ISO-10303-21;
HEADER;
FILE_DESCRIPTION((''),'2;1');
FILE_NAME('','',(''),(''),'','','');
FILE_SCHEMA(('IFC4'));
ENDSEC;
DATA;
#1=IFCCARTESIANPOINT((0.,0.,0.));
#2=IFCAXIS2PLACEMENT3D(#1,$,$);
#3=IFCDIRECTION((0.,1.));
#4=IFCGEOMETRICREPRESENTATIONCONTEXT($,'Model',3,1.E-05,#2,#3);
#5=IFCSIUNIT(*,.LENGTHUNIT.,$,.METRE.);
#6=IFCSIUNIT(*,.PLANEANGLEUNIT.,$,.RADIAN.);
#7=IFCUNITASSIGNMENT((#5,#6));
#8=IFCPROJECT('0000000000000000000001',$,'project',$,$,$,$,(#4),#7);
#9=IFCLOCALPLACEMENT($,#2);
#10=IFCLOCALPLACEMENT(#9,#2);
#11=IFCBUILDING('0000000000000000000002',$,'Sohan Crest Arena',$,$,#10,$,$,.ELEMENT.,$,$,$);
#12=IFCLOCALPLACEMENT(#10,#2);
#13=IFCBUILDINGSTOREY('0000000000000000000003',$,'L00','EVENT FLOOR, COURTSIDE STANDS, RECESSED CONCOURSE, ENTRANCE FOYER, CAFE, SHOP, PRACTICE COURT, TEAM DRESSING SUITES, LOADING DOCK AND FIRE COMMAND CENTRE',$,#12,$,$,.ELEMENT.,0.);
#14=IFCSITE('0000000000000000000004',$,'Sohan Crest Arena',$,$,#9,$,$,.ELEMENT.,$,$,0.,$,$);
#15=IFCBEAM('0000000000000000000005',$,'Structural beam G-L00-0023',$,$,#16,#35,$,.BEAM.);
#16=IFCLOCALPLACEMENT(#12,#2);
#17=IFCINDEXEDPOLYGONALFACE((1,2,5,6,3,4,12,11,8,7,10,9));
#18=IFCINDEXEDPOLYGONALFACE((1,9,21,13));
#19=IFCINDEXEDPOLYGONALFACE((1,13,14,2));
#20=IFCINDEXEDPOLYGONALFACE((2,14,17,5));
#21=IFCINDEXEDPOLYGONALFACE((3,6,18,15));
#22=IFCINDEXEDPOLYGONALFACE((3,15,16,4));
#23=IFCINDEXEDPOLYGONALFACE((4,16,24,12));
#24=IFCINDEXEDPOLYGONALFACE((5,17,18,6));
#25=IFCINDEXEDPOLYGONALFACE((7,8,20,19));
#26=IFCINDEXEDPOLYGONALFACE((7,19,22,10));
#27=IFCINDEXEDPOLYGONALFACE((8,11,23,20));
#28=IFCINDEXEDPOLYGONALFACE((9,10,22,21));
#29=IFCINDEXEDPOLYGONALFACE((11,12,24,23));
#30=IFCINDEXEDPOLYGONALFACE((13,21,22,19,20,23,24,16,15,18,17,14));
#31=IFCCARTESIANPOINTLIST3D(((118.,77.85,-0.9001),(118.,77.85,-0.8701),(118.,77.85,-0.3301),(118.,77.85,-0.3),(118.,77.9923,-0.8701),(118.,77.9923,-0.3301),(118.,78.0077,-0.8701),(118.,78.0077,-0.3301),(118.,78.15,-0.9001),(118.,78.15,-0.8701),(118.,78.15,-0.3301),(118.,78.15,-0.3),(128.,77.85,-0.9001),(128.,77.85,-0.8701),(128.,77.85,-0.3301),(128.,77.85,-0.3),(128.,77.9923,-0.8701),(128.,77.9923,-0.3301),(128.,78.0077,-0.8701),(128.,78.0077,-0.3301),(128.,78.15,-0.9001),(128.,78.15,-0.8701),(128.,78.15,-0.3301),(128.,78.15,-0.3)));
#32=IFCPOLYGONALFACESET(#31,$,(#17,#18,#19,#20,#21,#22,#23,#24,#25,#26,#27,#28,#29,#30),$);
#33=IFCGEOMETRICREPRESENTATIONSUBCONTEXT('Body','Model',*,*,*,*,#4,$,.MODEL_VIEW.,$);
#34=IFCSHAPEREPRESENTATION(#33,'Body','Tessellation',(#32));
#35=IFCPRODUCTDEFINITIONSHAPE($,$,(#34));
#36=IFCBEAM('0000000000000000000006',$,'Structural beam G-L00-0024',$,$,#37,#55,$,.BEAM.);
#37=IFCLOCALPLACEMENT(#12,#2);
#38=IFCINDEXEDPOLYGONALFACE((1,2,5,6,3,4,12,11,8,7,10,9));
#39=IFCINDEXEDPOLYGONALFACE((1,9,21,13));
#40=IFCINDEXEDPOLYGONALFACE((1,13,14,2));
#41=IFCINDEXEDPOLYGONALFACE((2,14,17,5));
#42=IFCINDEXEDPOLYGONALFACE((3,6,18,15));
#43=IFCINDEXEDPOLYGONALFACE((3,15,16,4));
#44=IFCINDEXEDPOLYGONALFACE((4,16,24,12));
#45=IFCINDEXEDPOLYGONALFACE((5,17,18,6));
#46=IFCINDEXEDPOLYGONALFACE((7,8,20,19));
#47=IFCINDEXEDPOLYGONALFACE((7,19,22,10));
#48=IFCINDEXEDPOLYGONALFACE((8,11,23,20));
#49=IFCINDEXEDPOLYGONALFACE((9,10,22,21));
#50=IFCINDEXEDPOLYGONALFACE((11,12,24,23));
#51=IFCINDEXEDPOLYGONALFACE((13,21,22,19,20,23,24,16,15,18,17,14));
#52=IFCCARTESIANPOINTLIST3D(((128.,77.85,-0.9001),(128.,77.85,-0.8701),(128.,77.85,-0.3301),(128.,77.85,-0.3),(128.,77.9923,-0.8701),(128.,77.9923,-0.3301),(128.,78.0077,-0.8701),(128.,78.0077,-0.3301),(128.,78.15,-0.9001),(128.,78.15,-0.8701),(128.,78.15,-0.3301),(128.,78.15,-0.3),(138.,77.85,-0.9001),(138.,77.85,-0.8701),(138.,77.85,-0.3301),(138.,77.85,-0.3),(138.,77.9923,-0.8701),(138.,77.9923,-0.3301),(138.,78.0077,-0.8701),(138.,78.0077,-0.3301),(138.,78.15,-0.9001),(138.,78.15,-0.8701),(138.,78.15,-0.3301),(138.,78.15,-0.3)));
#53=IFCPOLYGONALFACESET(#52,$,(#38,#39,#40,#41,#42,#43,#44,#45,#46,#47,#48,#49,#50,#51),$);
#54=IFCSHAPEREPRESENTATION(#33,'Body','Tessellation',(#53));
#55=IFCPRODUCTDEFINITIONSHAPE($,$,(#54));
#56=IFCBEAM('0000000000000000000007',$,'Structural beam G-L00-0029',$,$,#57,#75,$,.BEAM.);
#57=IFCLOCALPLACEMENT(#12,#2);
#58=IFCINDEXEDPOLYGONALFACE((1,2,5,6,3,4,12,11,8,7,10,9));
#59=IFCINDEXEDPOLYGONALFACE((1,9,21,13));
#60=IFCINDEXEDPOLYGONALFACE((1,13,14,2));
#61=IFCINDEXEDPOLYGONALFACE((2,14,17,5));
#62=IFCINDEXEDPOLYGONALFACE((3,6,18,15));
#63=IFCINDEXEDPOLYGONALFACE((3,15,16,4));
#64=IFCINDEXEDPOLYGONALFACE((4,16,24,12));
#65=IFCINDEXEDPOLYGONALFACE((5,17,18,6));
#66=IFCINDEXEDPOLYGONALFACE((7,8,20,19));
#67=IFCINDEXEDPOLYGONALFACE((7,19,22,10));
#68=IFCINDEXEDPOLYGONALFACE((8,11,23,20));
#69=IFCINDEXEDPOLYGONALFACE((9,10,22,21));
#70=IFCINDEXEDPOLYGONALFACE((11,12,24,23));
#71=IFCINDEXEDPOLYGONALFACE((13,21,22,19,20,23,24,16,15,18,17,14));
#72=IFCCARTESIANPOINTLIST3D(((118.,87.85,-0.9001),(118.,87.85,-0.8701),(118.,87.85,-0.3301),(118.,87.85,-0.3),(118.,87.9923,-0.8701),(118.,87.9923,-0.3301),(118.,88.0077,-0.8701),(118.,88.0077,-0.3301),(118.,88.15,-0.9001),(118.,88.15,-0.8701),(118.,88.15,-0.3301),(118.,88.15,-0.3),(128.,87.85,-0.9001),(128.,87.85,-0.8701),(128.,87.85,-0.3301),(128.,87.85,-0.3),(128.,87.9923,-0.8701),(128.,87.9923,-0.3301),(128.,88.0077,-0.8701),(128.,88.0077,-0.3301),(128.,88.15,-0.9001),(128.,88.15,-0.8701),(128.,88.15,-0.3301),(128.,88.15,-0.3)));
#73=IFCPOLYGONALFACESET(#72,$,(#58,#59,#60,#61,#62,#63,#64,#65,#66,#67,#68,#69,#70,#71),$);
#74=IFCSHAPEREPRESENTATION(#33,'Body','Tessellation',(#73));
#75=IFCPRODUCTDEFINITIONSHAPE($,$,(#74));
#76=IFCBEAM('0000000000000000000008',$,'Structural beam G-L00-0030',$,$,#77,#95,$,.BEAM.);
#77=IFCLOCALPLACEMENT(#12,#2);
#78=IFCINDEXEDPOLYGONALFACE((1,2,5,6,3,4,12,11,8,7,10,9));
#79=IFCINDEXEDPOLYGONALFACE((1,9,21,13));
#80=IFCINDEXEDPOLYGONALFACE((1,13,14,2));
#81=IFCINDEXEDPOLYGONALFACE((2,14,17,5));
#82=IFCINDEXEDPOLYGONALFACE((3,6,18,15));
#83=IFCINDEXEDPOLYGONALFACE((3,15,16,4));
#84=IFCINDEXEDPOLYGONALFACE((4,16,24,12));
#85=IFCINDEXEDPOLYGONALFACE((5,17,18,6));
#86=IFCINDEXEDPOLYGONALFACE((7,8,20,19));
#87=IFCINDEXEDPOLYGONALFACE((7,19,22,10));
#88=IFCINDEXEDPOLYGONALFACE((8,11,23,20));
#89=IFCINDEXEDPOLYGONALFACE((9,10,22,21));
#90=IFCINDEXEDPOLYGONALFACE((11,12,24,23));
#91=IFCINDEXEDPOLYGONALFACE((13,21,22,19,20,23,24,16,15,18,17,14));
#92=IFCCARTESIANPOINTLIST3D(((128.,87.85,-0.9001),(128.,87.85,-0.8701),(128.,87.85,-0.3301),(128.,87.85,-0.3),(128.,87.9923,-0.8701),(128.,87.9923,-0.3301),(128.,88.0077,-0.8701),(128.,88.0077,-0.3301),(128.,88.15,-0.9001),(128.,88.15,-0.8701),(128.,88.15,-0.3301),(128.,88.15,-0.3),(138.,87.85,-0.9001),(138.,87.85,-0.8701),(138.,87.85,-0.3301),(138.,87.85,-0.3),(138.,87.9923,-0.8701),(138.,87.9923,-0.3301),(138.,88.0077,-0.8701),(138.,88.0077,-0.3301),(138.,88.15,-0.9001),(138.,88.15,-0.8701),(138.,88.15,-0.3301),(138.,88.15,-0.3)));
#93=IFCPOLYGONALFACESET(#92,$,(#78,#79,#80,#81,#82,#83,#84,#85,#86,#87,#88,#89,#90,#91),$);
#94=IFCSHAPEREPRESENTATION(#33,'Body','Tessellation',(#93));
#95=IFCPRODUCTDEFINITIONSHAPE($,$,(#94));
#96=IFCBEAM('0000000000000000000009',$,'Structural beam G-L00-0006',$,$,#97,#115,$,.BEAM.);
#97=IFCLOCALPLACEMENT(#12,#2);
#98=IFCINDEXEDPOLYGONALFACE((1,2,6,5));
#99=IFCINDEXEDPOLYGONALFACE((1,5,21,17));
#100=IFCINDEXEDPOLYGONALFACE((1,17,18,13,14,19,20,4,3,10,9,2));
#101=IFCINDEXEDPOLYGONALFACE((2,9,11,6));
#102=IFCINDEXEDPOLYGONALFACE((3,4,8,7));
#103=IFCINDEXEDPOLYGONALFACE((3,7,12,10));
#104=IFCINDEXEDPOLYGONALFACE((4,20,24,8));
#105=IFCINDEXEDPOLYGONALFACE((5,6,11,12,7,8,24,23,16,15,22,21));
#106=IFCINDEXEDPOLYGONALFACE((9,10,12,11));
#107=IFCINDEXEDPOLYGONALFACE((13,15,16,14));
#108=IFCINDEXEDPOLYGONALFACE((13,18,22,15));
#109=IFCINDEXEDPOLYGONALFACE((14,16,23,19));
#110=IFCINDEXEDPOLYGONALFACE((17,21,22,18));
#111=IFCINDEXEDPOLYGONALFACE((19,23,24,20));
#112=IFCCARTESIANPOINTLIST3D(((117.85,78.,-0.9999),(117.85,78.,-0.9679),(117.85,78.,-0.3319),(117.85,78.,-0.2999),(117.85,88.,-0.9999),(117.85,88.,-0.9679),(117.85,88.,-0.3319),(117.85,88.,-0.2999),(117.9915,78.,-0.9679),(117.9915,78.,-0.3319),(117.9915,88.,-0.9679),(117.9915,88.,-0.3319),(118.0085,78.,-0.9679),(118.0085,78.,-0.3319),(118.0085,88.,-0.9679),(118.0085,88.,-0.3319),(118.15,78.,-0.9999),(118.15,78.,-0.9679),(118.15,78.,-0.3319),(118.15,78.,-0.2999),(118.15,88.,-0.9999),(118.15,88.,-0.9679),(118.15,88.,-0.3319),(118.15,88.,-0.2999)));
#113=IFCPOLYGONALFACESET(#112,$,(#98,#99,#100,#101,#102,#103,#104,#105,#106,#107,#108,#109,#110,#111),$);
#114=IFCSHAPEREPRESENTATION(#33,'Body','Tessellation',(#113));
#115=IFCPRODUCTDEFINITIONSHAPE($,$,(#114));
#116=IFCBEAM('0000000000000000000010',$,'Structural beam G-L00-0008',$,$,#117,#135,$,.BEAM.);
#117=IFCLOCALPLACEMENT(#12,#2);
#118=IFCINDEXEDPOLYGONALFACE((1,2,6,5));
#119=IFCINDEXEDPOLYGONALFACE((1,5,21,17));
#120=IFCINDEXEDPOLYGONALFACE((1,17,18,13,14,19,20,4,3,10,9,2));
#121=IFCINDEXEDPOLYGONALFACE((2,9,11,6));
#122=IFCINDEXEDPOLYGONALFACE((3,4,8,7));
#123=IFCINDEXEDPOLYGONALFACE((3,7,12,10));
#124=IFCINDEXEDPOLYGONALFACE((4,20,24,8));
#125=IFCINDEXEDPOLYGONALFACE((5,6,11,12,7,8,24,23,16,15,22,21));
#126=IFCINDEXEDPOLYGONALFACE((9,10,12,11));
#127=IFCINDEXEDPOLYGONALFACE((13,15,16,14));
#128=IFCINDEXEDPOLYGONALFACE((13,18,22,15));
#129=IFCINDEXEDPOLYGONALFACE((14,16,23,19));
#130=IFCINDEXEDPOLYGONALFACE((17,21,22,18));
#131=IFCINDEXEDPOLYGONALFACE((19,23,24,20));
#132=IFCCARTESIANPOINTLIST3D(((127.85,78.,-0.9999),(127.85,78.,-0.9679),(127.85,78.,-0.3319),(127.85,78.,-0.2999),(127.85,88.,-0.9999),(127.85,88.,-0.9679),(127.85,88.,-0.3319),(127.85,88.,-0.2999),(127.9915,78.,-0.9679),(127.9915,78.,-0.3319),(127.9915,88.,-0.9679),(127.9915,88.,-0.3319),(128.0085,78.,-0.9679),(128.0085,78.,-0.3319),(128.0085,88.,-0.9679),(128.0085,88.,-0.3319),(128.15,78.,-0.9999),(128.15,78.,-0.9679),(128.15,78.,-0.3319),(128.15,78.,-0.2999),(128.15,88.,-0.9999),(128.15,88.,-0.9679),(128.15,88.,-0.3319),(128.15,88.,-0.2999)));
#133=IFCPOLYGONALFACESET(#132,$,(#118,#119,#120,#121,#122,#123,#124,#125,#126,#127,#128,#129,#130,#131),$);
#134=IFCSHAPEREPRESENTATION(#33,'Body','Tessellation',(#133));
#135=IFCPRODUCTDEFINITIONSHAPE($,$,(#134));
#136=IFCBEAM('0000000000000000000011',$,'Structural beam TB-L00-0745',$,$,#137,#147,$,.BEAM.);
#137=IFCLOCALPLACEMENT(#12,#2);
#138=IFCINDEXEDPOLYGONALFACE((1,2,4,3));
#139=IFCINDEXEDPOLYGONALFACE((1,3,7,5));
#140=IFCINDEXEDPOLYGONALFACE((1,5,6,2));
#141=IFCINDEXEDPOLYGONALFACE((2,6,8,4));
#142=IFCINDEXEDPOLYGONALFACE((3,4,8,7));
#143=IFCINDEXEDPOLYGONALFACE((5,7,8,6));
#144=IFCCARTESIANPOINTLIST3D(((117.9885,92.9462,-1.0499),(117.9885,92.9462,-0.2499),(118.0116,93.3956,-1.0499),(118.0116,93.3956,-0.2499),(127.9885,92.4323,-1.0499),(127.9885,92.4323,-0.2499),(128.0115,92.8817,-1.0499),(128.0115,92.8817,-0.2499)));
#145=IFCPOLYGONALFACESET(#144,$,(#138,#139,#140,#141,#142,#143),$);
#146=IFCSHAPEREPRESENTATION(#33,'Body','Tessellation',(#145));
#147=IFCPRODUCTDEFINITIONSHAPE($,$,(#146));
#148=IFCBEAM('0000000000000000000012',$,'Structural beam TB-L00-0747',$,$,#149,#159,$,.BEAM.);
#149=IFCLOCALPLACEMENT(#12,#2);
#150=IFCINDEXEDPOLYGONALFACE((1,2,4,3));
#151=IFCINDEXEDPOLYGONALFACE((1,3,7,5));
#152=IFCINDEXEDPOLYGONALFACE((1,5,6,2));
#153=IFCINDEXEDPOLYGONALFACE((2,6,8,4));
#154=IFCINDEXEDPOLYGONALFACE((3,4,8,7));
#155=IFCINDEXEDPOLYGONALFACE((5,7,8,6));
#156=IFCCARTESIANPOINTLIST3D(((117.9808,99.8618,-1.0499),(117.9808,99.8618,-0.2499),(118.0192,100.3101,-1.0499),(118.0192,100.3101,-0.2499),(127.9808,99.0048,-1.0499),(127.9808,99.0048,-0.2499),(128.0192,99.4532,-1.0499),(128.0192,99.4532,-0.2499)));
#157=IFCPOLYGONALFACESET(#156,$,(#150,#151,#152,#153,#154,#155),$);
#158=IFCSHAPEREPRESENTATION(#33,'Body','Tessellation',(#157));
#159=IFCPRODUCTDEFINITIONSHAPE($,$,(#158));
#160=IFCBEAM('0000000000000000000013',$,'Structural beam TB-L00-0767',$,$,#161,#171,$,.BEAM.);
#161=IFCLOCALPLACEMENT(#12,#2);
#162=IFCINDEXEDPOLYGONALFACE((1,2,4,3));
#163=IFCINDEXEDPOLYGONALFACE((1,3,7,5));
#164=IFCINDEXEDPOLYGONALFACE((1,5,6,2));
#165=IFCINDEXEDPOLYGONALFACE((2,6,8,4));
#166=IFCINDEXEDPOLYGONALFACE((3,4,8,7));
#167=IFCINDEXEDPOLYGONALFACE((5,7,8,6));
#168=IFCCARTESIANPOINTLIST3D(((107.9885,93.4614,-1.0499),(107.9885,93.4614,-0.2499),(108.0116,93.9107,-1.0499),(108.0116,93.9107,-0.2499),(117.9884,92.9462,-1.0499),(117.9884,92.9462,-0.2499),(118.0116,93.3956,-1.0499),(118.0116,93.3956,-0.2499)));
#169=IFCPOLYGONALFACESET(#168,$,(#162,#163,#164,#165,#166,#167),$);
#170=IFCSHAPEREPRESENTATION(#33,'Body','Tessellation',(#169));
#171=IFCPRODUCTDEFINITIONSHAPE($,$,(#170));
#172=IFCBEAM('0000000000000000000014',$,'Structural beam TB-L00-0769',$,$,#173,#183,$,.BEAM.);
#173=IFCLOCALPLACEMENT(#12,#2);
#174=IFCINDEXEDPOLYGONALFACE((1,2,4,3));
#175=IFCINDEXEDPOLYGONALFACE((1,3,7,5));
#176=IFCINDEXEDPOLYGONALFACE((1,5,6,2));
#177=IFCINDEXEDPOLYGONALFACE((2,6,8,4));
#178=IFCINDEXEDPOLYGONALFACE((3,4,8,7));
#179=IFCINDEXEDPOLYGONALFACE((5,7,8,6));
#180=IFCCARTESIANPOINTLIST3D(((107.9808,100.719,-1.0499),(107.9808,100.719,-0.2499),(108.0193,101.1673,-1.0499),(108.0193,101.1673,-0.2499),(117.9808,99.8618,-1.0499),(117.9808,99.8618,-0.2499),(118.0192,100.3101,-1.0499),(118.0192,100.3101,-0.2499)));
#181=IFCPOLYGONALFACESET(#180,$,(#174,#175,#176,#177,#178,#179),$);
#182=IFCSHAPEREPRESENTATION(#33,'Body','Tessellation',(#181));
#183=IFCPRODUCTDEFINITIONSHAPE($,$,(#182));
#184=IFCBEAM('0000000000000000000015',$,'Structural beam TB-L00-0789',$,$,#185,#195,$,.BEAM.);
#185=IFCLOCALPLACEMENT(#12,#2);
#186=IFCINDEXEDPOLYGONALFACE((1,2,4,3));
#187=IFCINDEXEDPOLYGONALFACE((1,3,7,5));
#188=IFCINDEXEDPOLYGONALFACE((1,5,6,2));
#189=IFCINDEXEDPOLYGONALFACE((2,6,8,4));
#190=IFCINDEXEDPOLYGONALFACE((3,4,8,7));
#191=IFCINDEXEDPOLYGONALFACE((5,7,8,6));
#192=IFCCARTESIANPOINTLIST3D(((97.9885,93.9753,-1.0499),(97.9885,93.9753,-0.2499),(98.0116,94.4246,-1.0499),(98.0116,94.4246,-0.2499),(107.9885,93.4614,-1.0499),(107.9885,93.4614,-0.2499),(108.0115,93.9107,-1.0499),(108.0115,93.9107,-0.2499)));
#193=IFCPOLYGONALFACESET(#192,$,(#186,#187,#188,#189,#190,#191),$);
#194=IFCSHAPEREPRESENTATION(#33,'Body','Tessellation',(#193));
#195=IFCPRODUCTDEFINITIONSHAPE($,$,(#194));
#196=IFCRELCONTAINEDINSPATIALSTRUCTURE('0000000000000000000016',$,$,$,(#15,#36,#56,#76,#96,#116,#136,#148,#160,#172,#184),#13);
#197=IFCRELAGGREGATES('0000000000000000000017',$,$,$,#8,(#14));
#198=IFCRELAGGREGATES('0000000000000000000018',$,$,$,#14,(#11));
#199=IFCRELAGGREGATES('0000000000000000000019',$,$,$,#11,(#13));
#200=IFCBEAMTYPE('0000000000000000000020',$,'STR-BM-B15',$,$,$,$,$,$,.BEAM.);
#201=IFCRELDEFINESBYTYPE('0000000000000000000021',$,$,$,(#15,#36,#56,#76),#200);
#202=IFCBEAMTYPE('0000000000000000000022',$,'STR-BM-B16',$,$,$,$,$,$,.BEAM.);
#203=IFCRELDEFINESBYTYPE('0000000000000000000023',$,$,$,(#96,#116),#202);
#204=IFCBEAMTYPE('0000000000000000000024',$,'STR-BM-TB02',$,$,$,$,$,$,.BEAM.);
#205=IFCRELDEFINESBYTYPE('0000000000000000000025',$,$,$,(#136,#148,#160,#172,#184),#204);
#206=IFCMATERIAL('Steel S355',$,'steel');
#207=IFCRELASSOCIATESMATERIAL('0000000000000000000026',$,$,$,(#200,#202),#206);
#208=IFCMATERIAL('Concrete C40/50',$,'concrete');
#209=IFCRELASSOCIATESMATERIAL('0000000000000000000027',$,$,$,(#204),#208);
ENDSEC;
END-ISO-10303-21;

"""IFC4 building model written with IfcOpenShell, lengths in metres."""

from ifc_helpers import new_model, si_unit, direction, frame, origin, origin_2d, place, context, subcontext, project, spatial, rectangle, i_section, extrude, material, material_profile, profile_set, type_object, element, save


model = new_model("IFC4")

# Units and contexts
model_context = context("Model", 3, precision=1e-05, world=origin(), true_north=direction((0.0, 1.0)))
body_context = subcontext(model_context, "Body", "Model", "MODEL_VIEW")
ifc_project = project(units=[si_unit("LENGTHUNIT", "METRE"), si_unit("PLANEANGLEUNIT", "RADIAN")], contexts=[model_context])

# Site, building, storey
site_placement = place(None, origin())
site = spatial("IfcSite", under=ifc_project, at=site_placement, Name="Sohan Crest Arena", CompositionType="ELEMENT", RefElevation=0.0)
building_placement = place(site_placement, origin())
building = spatial("IfcBuilding", under=site, at=building_placement, Name="Sohan Crest Arena", CompositionType="ELEMENT")
storey_placement = place(building_placement, origin())
storey = spatial("IfcBuildingStorey", under=building, at=storey_placement, Name="L00", Description="EVENT FLOOR, COURTSIDE STANDS, RECESSED CONCOURSE, ENTRANCE FOYER, CAFE, SHOP, PRACTICE COURT, TEAM DRESSING SUITES, LOADING DOCK AND FIRE COMMAND CENTRE", CompositionType="ELEMENT", Elevation=0.0)

# Shared definitions
ifc_material_1 = material(Name="Concrete C40/50", Category="concrete")

# Beams
ifc_material_2 = material(Name="Steel S355", Category="steel")
ifc_material_profile_1 = material_profile(ifc_material_2, i_section(OverallWidth=0.3, OverallDepth=0.6001, WebThickness=0.0154, FlangeThickness=0.03, at=origin_2d()), Name="HEB 600")
ifc_profile_set_1 = profile_set([ifc_material_profile_1], Name="Steel S355")
beam_type_1 = type_object("IfcBeamType", Name="STR-BM-B15", PredefinedType="BEAM", material=ifc_profile_set_1)
for number, where, z_axis, x_axis, name in (
    (1, (118.0, 78.0, -0.6001), (1.0, 0.0, 0.0), (0.0, 1.0, 0.0), "Structural beam G-L00-0023"),
    (2, (128.0, 78.0, -0.6001), (1.0, 0.0, 0.0), (0.0, 1.0, 0.0), "Structural beam G-L00-0024"),
    (3, (118.0, 88.0, -0.6001), (1.0, 0.0, 0.0), (0.0, 1.0, 0.0), "Structural beam G-L00-0029"),
    (4, (128.0, 88.0, -0.6001), (1.0, 0.0, 0.0), (0.0, 1.0, 0.0), "Structural beam G-L00-0030"),
):
    element("IfcBeam", number, at=place(storey_placement, frame(where, z_axis=z_axis, x_axis=x_axis)), inside=storey, type_object=beam_type_1, Name=name, PredefinedType="BEAM", context=body_context, shape_type="SweptSolid", body=[
        extrude(i_section(OverallWidth=0.3, OverallDepth=0.6001, WebThickness=0.0154, FlangeThickness=0.03, at=origin_2d()), origin(), (0.0, 0.0, 1.0), 10.0),
    ])
ifc_material_profile_2 = material_profile(ifc_material_2, i_section(OverallWidth=0.3, OverallDepth=0.7, WebThickness=0.0171, FlangeThickness=0.032, at=origin_2d()), Name="HEB 700")
ifc_profile_set_2 = profile_set([ifc_material_profile_2], Name="Steel S355")
beam_type_2 = type_object("IfcBeamType", Name="STR-BM-B16", PredefinedType="BEAM", material=ifc_profile_set_2)
for number, where, z_axis, x_axis, name in (
    (5, (118.0, 78.0, -0.6499), (0.0, 1.0, 0.0), (-1.0, 0.0, 0.0), "Structural beam G-L00-0006"),
    (6, (128.0, 78.0, -0.6499), (0.0, 1.0, 0.0), (-1.0, 0.0, 0.0), "Structural beam G-L00-0008"),
):
    element("IfcBeam", number, at=place(storey_placement, frame(where, z_axis=z_axis, x_axis=x_axis)), inside=storey, type_object=beam_type_2, Name=name, PredefinedType="BEAM", context=body_context, shape_type="SweptSolid", body=[
        extrude(i_section(OverallWidth=0.3, OverallDepth=0.7, WebThickness=0.0171, FlangeThickness=0.032, at=origin_2d()), origin(), (0.0, 0.0, 1.0), 10.0),
    ])
ifc_material_profile_3 = material_profile(ifc_material_1, rectangle(XDim=0.45, YDim=0.8, at=origin_2d()), Name="RC-BM 450x800")
ifc_profile_set_3 = profile_set([ifc_material_profile_3], Name="Concrete C40/50")
beam_type_3 = type_object("IfcBeamType", Name="STR-BM-TB02", PredefinedType="BEAM", material=ifc_profile_set_3)
beam_1_placement = place(storey_placement, frame((128.0, 92.657, -0.6499), z_axis=(-0.998682, 0.051324, 0.0), x_axis=(-0.051324, -0.998682, 0.0)))
element("IfcBeam", 7, at=beam_1_placement, inside=storey, type_object=beam_type_3, Name="Structural beam TB-L00-0745", PredefinedType="BEAM", context=body_context, shape_type="SweptSolid", body=[
    extrude(rectangle(XDim=0.45, YDim=0.8, at=origin_2d()), origin(), (0.0, 0.0, 1.0), 10.0132),
])
beam_2_placement = place(storey_placement, frame((128.0, 99.229, -0.6499), z_axis=(-0.996348, 0.08538, 0.0), x_axis=(-0.08538, -0.996348, 0.0)))
element("IfcBeam", 8, at=beam_2_placement, inside=storey, type_object=beam_type_3, Name="Structural beam TB-L00-0747", PredefinedType="BEAM", context=body_context, shape_type="SweptSolid", body=[
    extrude(rectangle(XDim=0.45, YDim=0.8, at=origin_2d()), origin(), (0.0, 0.0, 1.0), 10.0366),
])
beam_3_placement = place(storey_placement, frame((118.0, 93.1709, -0.6499), z_axis=(-0.998676, 0.051445, 0.0), x_axis=(-0.051445, -0.998676, 0.0)))
element("IfcBeam", 9, at=beam_3_placement, inside=storey, type_object=beam_type_3, Name="Structural beam TB-L00-0767", PredefinedType="BEAM", context=body_context, shape_type="SweptSolid", body=[
    extrude(rectangle(XDim=0.45, YDim=0.8, at=origin_2d()), origin(), (0.0, 0.0, 1.0), 10.0132),
])
beam_4_placement = place(storey_placement, frame((118.0, 100.0859, -0.6499), z_axis=(-0.996346, 0.085405, 0.0), x_axis=(-0.085405, -0.996346, 0.0)))
element("IfcBeam", 10, at=beam_4_placement, inside=storey, type_object=beam_type_3, Name="Structural beam TB-L00-0769", PredefinedType="BEAM", context=body_context, shape_type="SweptSolid", body=[
    extrude(rectangle(XDim=0.45, YDim=0.8, at=origin_2d()), origin(), (0.0, 0.0, 1.0), 10.0366),
])
beam_5_placement = place(storey_placement, frame((108.0, 93.686, -0.6499), z_axis=(-0.998682, 0.051324, 0.0), x_axis=(-0.051324, -0.998682, 0.0)))
element("IfcBeam", 11, at=beam_5_placement, inside=storey, type_object=beam_type_3, Name="Structural beam TB-L00-0789", PredefinedType="BEAM", context=body_context, shape_type="SweptSolid", body=[
    extrude(rectangle(XDim=0.45, YDim=0.8, at=origin_2d()), origin(), (0.0, 0.0, 1.0), 10.0132),
])

save(model, "model.ifc")
